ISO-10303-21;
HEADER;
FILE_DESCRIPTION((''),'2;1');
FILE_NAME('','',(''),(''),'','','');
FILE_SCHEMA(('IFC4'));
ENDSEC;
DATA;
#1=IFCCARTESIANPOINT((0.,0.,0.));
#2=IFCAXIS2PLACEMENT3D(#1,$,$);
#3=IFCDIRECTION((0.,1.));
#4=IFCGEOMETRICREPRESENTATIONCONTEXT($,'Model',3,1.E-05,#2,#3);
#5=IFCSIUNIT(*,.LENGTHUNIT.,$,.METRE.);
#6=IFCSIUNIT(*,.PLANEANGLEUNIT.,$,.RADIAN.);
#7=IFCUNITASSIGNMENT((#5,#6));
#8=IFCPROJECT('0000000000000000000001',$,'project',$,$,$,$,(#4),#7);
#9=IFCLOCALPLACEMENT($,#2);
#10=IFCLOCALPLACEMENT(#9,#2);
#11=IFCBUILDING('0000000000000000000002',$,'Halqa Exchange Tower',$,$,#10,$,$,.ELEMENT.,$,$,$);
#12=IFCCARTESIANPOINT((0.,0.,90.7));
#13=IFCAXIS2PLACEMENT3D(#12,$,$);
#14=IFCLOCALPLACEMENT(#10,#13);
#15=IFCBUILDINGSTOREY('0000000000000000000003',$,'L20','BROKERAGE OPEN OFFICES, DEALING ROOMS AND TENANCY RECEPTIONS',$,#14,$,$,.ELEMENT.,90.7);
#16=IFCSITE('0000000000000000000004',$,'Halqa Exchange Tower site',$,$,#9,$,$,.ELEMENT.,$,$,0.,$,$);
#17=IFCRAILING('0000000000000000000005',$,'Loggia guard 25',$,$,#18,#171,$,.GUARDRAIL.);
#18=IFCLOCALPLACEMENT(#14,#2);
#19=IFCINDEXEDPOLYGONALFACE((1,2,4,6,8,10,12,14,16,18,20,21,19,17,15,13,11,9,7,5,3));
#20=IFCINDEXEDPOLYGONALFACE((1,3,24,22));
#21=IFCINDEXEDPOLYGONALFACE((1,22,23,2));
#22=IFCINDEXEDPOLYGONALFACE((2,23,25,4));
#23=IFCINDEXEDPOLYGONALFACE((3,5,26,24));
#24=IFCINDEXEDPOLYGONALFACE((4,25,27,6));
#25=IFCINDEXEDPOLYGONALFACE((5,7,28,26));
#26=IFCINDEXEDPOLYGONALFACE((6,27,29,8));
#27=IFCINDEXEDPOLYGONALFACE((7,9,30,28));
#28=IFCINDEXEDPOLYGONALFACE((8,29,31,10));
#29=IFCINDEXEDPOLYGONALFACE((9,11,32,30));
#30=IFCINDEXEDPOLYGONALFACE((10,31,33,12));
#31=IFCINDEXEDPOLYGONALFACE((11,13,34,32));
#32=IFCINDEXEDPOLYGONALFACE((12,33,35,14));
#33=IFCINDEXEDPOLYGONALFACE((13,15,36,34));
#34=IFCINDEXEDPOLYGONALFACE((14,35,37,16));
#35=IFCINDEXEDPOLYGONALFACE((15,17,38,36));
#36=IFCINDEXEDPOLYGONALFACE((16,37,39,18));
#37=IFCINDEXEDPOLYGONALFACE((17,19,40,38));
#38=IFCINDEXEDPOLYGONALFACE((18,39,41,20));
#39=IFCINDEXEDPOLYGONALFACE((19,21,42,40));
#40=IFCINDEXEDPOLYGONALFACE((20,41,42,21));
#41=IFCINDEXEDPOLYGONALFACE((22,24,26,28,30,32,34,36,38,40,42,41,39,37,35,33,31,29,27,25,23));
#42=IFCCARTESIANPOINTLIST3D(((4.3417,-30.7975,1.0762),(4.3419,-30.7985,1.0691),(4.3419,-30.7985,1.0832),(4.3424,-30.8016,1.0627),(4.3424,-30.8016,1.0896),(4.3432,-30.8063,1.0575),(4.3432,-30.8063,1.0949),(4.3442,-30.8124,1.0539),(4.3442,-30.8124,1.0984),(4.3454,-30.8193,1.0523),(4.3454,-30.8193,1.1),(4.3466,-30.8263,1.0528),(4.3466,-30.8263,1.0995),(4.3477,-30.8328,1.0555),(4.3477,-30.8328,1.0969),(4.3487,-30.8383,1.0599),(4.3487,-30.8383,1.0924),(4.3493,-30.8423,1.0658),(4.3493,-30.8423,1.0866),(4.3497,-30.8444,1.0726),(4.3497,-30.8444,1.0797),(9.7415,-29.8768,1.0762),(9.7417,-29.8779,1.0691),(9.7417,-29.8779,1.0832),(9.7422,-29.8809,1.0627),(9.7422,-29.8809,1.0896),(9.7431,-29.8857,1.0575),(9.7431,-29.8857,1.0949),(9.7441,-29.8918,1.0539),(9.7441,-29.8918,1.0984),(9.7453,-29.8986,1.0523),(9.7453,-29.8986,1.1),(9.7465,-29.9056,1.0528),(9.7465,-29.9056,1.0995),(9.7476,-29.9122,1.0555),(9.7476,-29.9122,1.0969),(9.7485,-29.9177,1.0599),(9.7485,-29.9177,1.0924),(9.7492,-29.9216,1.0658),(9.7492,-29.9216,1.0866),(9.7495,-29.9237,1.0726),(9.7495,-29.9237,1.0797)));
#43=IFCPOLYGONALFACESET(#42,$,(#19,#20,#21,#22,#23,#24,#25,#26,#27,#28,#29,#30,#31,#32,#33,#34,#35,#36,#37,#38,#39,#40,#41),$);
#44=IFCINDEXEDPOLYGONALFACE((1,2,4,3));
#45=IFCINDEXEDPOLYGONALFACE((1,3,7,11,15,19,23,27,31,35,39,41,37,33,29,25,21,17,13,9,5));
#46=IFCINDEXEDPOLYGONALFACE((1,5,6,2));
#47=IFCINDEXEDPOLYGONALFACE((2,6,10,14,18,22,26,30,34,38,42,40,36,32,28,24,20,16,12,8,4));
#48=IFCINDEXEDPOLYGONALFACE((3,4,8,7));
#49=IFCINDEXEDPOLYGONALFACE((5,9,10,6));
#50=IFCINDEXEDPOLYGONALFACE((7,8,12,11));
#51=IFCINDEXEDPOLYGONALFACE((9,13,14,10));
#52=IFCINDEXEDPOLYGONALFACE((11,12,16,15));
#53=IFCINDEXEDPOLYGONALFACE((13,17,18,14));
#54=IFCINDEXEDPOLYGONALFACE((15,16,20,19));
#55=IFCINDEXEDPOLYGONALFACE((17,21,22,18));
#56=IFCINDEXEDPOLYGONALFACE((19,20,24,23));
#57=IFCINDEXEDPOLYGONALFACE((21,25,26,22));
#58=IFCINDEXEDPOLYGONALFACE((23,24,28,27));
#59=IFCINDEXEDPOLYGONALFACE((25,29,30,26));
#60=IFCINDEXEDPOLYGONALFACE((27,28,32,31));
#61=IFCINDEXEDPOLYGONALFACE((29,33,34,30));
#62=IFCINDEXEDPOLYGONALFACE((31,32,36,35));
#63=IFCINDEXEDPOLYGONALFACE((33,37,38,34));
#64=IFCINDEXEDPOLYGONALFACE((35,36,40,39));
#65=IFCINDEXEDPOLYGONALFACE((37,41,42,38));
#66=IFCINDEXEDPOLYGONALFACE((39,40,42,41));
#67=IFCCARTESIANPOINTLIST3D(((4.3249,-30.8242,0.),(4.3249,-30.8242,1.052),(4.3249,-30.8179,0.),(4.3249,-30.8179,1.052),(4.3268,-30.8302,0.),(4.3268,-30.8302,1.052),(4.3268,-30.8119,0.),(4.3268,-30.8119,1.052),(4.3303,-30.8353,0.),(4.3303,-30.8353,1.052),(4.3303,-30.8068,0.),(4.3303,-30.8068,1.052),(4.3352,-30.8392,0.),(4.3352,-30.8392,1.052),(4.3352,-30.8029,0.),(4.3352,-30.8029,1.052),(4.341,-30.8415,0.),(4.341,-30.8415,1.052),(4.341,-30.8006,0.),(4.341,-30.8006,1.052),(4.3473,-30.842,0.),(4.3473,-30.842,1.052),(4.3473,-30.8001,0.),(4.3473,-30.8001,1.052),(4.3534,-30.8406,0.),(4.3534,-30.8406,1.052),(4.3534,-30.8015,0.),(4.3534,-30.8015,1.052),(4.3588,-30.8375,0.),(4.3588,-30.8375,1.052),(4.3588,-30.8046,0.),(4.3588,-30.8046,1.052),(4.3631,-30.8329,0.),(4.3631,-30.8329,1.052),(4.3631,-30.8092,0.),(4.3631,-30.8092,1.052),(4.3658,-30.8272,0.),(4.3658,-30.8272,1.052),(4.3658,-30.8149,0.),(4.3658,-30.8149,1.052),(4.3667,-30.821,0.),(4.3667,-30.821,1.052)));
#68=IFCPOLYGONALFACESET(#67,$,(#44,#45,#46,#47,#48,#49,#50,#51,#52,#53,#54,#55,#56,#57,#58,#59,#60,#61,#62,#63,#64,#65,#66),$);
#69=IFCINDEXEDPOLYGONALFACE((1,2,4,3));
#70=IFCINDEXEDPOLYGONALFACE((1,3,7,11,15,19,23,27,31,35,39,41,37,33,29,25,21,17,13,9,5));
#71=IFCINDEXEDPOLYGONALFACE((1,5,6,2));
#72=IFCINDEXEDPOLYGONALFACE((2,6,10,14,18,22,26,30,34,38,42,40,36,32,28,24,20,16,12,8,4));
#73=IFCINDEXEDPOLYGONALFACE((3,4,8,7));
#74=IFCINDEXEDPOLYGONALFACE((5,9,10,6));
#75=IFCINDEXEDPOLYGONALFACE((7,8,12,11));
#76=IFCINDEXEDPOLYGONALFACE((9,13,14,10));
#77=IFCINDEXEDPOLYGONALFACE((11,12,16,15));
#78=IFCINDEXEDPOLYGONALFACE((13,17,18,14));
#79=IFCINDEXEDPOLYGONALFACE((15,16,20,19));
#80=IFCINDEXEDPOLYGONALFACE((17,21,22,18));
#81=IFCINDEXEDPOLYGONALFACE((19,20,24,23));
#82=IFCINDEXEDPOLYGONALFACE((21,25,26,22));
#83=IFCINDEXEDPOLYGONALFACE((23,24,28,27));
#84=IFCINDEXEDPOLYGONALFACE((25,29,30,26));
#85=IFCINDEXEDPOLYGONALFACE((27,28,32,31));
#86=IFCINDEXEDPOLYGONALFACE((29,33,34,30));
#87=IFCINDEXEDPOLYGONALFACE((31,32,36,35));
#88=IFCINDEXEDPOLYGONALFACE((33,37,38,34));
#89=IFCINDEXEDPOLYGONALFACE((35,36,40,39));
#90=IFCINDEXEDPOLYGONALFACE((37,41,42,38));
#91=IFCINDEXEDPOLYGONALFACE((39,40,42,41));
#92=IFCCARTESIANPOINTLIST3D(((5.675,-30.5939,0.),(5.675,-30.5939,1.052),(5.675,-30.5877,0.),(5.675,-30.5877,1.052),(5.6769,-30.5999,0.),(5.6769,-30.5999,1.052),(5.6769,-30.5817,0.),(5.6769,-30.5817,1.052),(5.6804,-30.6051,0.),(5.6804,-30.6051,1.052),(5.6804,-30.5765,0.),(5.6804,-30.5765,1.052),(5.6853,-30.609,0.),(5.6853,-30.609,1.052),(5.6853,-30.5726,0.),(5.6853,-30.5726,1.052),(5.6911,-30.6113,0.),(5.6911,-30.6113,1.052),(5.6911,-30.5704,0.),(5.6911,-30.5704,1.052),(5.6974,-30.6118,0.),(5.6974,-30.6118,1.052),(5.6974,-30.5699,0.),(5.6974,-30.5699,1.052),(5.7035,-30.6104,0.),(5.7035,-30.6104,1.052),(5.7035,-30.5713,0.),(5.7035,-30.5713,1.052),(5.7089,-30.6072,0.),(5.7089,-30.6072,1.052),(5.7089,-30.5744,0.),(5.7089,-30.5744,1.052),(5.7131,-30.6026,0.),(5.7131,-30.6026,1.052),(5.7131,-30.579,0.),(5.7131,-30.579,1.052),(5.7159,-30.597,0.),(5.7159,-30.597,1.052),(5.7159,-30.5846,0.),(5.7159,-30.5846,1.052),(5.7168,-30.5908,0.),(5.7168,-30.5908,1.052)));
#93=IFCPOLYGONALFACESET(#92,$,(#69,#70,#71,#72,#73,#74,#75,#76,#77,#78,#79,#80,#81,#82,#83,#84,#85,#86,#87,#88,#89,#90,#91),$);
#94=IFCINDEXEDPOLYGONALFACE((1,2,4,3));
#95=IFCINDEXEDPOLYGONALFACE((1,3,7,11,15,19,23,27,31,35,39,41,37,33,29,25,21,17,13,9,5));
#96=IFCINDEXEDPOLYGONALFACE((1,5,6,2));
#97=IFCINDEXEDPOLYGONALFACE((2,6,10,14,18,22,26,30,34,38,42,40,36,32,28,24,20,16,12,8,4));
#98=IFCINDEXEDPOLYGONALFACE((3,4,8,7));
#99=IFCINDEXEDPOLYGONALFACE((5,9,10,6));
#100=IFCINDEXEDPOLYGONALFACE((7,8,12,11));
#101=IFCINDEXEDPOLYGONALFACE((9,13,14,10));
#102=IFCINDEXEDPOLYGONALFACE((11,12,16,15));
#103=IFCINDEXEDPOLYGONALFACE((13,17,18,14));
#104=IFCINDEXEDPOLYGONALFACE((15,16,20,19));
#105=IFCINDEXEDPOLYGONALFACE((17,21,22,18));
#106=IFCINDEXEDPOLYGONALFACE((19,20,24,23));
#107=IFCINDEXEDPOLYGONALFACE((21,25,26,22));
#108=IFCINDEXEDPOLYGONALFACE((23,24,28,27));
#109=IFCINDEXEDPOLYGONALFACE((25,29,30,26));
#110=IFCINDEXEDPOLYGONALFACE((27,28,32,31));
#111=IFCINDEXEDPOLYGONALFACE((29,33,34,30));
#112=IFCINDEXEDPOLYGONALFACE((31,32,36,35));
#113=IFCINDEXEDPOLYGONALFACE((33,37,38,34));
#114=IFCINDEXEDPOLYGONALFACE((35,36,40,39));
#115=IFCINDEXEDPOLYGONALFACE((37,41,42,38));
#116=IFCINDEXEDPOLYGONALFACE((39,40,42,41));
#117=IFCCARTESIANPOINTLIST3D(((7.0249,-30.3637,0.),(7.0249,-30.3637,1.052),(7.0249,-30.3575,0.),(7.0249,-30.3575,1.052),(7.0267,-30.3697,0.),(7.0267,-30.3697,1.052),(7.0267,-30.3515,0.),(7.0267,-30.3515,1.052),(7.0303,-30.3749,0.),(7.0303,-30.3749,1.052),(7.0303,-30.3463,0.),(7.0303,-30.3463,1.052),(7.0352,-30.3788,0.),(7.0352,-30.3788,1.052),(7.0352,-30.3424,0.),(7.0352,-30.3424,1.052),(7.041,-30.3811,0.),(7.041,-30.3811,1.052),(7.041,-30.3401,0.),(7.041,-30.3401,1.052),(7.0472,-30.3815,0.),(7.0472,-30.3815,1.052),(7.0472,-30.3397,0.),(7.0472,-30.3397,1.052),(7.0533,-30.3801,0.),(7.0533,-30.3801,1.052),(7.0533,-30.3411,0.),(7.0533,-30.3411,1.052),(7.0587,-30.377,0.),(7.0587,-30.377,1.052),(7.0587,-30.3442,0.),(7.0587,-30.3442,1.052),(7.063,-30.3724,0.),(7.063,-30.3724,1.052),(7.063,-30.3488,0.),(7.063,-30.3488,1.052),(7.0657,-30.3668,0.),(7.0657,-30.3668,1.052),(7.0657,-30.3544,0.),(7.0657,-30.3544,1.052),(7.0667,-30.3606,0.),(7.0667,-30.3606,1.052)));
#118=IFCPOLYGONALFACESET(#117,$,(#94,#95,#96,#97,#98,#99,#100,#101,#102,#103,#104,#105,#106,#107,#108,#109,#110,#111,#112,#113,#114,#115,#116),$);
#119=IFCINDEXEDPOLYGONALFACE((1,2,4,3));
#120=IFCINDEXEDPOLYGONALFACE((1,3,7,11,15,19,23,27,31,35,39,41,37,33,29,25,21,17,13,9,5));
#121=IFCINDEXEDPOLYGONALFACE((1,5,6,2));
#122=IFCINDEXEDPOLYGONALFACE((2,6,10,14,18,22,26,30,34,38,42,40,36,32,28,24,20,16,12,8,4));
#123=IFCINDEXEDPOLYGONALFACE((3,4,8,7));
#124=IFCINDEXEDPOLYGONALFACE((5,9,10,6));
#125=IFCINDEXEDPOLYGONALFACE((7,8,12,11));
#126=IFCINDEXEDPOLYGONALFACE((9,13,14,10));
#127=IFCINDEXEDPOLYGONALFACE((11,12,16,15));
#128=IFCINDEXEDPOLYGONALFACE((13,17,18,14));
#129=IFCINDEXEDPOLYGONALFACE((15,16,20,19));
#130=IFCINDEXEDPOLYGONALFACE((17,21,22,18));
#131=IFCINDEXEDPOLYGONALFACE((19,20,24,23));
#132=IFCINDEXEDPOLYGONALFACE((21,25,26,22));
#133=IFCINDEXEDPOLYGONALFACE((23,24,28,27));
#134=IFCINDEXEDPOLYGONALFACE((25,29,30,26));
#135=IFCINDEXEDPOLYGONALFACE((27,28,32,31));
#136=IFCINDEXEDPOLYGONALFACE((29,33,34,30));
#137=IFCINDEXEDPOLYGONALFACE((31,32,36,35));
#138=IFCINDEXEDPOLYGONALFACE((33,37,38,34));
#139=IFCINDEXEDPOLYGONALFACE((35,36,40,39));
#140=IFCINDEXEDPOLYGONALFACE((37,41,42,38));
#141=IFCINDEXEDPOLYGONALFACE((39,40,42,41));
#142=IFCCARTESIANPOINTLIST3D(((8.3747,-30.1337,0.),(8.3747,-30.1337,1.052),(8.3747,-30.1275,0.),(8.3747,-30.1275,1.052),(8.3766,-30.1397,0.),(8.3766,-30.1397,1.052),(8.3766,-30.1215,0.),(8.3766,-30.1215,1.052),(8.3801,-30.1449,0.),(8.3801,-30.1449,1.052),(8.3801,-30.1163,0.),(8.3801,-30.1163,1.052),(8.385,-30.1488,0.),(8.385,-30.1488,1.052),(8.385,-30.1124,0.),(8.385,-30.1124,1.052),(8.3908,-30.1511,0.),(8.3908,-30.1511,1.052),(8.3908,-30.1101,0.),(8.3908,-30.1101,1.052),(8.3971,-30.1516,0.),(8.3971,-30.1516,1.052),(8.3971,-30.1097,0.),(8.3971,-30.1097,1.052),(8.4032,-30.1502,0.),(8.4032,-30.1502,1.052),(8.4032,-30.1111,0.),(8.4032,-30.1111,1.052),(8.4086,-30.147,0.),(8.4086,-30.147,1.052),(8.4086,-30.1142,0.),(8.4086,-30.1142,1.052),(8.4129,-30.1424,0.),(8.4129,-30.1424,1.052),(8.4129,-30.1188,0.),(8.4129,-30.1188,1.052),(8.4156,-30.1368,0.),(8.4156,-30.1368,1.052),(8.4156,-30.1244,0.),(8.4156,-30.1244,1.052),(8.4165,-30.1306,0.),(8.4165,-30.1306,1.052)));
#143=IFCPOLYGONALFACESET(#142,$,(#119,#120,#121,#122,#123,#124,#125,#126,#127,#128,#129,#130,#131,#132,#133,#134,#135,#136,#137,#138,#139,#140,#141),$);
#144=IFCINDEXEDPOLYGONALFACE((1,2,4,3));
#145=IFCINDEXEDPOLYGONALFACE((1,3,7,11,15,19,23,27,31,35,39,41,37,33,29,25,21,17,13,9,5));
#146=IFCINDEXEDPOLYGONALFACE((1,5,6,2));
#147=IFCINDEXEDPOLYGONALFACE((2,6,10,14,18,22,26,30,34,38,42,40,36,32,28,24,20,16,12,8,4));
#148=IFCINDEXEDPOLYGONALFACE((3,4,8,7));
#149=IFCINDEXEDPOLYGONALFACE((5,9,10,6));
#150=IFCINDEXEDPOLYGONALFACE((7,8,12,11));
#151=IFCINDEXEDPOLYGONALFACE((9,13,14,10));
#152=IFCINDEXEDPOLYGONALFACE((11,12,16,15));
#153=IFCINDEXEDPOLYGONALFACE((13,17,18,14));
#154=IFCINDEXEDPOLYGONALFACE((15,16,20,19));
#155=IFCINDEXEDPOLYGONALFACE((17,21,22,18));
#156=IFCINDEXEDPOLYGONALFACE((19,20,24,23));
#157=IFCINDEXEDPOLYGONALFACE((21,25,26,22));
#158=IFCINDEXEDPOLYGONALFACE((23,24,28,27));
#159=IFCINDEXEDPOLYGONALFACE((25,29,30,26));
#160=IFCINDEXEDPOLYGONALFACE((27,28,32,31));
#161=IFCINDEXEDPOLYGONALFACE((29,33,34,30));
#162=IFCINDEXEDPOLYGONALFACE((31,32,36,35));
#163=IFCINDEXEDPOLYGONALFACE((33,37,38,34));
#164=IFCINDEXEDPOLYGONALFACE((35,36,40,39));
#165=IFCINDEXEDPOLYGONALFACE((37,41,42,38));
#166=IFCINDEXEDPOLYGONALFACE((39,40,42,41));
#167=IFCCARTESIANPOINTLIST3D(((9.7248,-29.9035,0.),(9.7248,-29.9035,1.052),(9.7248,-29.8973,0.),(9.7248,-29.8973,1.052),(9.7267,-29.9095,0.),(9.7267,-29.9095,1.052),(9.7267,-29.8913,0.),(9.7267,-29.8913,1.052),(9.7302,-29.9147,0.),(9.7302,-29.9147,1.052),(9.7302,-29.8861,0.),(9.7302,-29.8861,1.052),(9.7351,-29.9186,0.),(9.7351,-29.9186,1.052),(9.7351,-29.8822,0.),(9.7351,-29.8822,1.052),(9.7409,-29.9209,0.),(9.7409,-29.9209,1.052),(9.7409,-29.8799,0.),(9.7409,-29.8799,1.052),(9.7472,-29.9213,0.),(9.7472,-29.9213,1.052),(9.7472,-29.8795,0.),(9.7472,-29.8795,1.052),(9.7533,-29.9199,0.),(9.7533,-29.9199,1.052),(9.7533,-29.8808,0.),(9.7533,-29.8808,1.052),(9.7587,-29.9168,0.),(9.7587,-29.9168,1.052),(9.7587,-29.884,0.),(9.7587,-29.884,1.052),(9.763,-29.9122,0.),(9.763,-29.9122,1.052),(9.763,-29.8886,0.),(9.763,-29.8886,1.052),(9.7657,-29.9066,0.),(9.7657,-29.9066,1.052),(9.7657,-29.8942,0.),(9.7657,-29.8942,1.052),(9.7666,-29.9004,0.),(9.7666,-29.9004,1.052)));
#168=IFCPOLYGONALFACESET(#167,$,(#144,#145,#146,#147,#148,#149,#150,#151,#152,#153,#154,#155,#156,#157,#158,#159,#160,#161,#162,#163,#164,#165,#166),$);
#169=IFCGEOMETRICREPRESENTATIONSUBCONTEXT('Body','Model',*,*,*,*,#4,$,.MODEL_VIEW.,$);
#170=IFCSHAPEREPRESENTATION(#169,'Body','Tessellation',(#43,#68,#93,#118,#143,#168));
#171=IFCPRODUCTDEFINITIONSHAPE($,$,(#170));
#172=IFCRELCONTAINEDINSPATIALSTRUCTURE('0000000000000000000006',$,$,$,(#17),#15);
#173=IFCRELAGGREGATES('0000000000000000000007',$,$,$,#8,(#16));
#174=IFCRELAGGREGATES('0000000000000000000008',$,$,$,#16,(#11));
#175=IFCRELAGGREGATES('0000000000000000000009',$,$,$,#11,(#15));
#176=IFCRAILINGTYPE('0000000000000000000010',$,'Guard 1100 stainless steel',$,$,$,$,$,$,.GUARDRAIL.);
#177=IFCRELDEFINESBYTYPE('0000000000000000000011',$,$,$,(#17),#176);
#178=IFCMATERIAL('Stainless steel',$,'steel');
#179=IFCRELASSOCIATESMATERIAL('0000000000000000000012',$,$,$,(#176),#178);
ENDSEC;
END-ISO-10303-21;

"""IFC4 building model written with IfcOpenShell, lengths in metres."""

from ifc_helpers import new_model, si_unit, direction, frame, origin, origin_2d, place, context, subcontext, project, spatial, circle, extrude, material, type_object, element, save


model = new_model("IFC4")

# Units and contexts
model_context = context("Model", 3, precision=1e-05, world=origin(), true_north=direction((0.0, 1.0)))
body_context = subcontext(model_context, "Body", "Model", "MODEL_VIEW")
ifc_project = project(units=[si_unit("LENGTHUNIT", "METRE"), si_unit("PLANEANGLEUNIT", "RADIAN")], contexts=[model_context])

# Site, building, storey
site_placement = place(None, origin())
site = spatial("IfcSite", under=ifc_project, at=site_placement, Name="Halqa Exchange Tower site", CompositionType="ELEMENT", RefElevation=0.0)
building_placement = place(site_placement, origin())
building = spatial("IfcBuilding", under=site, at=building_placement, Name="Halqa Exchange Tower", CompositionType="ELEMENT")
storey_placement = place(building_placement, frame((0.0, 0.0, 90.7)))
storey = spatial("IfcBuildingStorey", under=building, at=storey_placement, Name="L20", Description="BROKERAGE OPEN OFFICES, DEALING ROOMS AND TENANCY RECEPTIONS", CompositionType="ELEMENT", Elevation=90.7)

# Railing
ifc_material_1 = material(Name="Stainless steel", Category="steel")
railing_type = type_object("IfcRailingType", Name="Guard 1100 stainless steel", PredefinedType="GUARDRAIL", material=ifc_material_1)
railing_1_placement = place(storey_placement, frame((4.3457, -30.821, 0.0)))
element("IfcRailing", 1, at=railing_1_placement, inside=storey, type_object=railing_type, Name="Loggia guard 25", PredefinedType="GUARDRAIL", context=body_context, shape_type="SweptSolid", body=[
    extrude(circle(Radius=0.0239, at=origin_2d()), frame((0.0, 0.0, 1.0762), z_axis=(0.985775, 0.168069, 0.0), x_axis=(-0.168069, 0.985775, 0.0)), (0.0, 0.0, 1.0), 5.4778),
    extrude(circle(Radius=0.021, at=origin_2d()), origin(), (0.0, 0.0, 1.0), 1.052),
    extrude(circle(Radius=0.021, at=origin_2d()), frame((1.3501, 0.2302, 0.0)), (0.0, 0.0, 1.0), 1.052),
    extrude(circle(Radius=0.021, at=origin_2d()), frame((2.7, 0.4604, 0.0)), (0.0, 0.0, 1.0), 1.052),
    extrude(circle(Radius=0.021, at=origin_2d()), frame((4.0498, 0.6904, 0.0)), (0.0, 0.0, 1.0), 1.052),
    extrude(circle(Radius=0.021, at=origin_2d()), frame((5.3999, 0.9207, 0.0)), (0.0, 0.0, 1.0), 1.052),
])

save(model, "model.ifc")
